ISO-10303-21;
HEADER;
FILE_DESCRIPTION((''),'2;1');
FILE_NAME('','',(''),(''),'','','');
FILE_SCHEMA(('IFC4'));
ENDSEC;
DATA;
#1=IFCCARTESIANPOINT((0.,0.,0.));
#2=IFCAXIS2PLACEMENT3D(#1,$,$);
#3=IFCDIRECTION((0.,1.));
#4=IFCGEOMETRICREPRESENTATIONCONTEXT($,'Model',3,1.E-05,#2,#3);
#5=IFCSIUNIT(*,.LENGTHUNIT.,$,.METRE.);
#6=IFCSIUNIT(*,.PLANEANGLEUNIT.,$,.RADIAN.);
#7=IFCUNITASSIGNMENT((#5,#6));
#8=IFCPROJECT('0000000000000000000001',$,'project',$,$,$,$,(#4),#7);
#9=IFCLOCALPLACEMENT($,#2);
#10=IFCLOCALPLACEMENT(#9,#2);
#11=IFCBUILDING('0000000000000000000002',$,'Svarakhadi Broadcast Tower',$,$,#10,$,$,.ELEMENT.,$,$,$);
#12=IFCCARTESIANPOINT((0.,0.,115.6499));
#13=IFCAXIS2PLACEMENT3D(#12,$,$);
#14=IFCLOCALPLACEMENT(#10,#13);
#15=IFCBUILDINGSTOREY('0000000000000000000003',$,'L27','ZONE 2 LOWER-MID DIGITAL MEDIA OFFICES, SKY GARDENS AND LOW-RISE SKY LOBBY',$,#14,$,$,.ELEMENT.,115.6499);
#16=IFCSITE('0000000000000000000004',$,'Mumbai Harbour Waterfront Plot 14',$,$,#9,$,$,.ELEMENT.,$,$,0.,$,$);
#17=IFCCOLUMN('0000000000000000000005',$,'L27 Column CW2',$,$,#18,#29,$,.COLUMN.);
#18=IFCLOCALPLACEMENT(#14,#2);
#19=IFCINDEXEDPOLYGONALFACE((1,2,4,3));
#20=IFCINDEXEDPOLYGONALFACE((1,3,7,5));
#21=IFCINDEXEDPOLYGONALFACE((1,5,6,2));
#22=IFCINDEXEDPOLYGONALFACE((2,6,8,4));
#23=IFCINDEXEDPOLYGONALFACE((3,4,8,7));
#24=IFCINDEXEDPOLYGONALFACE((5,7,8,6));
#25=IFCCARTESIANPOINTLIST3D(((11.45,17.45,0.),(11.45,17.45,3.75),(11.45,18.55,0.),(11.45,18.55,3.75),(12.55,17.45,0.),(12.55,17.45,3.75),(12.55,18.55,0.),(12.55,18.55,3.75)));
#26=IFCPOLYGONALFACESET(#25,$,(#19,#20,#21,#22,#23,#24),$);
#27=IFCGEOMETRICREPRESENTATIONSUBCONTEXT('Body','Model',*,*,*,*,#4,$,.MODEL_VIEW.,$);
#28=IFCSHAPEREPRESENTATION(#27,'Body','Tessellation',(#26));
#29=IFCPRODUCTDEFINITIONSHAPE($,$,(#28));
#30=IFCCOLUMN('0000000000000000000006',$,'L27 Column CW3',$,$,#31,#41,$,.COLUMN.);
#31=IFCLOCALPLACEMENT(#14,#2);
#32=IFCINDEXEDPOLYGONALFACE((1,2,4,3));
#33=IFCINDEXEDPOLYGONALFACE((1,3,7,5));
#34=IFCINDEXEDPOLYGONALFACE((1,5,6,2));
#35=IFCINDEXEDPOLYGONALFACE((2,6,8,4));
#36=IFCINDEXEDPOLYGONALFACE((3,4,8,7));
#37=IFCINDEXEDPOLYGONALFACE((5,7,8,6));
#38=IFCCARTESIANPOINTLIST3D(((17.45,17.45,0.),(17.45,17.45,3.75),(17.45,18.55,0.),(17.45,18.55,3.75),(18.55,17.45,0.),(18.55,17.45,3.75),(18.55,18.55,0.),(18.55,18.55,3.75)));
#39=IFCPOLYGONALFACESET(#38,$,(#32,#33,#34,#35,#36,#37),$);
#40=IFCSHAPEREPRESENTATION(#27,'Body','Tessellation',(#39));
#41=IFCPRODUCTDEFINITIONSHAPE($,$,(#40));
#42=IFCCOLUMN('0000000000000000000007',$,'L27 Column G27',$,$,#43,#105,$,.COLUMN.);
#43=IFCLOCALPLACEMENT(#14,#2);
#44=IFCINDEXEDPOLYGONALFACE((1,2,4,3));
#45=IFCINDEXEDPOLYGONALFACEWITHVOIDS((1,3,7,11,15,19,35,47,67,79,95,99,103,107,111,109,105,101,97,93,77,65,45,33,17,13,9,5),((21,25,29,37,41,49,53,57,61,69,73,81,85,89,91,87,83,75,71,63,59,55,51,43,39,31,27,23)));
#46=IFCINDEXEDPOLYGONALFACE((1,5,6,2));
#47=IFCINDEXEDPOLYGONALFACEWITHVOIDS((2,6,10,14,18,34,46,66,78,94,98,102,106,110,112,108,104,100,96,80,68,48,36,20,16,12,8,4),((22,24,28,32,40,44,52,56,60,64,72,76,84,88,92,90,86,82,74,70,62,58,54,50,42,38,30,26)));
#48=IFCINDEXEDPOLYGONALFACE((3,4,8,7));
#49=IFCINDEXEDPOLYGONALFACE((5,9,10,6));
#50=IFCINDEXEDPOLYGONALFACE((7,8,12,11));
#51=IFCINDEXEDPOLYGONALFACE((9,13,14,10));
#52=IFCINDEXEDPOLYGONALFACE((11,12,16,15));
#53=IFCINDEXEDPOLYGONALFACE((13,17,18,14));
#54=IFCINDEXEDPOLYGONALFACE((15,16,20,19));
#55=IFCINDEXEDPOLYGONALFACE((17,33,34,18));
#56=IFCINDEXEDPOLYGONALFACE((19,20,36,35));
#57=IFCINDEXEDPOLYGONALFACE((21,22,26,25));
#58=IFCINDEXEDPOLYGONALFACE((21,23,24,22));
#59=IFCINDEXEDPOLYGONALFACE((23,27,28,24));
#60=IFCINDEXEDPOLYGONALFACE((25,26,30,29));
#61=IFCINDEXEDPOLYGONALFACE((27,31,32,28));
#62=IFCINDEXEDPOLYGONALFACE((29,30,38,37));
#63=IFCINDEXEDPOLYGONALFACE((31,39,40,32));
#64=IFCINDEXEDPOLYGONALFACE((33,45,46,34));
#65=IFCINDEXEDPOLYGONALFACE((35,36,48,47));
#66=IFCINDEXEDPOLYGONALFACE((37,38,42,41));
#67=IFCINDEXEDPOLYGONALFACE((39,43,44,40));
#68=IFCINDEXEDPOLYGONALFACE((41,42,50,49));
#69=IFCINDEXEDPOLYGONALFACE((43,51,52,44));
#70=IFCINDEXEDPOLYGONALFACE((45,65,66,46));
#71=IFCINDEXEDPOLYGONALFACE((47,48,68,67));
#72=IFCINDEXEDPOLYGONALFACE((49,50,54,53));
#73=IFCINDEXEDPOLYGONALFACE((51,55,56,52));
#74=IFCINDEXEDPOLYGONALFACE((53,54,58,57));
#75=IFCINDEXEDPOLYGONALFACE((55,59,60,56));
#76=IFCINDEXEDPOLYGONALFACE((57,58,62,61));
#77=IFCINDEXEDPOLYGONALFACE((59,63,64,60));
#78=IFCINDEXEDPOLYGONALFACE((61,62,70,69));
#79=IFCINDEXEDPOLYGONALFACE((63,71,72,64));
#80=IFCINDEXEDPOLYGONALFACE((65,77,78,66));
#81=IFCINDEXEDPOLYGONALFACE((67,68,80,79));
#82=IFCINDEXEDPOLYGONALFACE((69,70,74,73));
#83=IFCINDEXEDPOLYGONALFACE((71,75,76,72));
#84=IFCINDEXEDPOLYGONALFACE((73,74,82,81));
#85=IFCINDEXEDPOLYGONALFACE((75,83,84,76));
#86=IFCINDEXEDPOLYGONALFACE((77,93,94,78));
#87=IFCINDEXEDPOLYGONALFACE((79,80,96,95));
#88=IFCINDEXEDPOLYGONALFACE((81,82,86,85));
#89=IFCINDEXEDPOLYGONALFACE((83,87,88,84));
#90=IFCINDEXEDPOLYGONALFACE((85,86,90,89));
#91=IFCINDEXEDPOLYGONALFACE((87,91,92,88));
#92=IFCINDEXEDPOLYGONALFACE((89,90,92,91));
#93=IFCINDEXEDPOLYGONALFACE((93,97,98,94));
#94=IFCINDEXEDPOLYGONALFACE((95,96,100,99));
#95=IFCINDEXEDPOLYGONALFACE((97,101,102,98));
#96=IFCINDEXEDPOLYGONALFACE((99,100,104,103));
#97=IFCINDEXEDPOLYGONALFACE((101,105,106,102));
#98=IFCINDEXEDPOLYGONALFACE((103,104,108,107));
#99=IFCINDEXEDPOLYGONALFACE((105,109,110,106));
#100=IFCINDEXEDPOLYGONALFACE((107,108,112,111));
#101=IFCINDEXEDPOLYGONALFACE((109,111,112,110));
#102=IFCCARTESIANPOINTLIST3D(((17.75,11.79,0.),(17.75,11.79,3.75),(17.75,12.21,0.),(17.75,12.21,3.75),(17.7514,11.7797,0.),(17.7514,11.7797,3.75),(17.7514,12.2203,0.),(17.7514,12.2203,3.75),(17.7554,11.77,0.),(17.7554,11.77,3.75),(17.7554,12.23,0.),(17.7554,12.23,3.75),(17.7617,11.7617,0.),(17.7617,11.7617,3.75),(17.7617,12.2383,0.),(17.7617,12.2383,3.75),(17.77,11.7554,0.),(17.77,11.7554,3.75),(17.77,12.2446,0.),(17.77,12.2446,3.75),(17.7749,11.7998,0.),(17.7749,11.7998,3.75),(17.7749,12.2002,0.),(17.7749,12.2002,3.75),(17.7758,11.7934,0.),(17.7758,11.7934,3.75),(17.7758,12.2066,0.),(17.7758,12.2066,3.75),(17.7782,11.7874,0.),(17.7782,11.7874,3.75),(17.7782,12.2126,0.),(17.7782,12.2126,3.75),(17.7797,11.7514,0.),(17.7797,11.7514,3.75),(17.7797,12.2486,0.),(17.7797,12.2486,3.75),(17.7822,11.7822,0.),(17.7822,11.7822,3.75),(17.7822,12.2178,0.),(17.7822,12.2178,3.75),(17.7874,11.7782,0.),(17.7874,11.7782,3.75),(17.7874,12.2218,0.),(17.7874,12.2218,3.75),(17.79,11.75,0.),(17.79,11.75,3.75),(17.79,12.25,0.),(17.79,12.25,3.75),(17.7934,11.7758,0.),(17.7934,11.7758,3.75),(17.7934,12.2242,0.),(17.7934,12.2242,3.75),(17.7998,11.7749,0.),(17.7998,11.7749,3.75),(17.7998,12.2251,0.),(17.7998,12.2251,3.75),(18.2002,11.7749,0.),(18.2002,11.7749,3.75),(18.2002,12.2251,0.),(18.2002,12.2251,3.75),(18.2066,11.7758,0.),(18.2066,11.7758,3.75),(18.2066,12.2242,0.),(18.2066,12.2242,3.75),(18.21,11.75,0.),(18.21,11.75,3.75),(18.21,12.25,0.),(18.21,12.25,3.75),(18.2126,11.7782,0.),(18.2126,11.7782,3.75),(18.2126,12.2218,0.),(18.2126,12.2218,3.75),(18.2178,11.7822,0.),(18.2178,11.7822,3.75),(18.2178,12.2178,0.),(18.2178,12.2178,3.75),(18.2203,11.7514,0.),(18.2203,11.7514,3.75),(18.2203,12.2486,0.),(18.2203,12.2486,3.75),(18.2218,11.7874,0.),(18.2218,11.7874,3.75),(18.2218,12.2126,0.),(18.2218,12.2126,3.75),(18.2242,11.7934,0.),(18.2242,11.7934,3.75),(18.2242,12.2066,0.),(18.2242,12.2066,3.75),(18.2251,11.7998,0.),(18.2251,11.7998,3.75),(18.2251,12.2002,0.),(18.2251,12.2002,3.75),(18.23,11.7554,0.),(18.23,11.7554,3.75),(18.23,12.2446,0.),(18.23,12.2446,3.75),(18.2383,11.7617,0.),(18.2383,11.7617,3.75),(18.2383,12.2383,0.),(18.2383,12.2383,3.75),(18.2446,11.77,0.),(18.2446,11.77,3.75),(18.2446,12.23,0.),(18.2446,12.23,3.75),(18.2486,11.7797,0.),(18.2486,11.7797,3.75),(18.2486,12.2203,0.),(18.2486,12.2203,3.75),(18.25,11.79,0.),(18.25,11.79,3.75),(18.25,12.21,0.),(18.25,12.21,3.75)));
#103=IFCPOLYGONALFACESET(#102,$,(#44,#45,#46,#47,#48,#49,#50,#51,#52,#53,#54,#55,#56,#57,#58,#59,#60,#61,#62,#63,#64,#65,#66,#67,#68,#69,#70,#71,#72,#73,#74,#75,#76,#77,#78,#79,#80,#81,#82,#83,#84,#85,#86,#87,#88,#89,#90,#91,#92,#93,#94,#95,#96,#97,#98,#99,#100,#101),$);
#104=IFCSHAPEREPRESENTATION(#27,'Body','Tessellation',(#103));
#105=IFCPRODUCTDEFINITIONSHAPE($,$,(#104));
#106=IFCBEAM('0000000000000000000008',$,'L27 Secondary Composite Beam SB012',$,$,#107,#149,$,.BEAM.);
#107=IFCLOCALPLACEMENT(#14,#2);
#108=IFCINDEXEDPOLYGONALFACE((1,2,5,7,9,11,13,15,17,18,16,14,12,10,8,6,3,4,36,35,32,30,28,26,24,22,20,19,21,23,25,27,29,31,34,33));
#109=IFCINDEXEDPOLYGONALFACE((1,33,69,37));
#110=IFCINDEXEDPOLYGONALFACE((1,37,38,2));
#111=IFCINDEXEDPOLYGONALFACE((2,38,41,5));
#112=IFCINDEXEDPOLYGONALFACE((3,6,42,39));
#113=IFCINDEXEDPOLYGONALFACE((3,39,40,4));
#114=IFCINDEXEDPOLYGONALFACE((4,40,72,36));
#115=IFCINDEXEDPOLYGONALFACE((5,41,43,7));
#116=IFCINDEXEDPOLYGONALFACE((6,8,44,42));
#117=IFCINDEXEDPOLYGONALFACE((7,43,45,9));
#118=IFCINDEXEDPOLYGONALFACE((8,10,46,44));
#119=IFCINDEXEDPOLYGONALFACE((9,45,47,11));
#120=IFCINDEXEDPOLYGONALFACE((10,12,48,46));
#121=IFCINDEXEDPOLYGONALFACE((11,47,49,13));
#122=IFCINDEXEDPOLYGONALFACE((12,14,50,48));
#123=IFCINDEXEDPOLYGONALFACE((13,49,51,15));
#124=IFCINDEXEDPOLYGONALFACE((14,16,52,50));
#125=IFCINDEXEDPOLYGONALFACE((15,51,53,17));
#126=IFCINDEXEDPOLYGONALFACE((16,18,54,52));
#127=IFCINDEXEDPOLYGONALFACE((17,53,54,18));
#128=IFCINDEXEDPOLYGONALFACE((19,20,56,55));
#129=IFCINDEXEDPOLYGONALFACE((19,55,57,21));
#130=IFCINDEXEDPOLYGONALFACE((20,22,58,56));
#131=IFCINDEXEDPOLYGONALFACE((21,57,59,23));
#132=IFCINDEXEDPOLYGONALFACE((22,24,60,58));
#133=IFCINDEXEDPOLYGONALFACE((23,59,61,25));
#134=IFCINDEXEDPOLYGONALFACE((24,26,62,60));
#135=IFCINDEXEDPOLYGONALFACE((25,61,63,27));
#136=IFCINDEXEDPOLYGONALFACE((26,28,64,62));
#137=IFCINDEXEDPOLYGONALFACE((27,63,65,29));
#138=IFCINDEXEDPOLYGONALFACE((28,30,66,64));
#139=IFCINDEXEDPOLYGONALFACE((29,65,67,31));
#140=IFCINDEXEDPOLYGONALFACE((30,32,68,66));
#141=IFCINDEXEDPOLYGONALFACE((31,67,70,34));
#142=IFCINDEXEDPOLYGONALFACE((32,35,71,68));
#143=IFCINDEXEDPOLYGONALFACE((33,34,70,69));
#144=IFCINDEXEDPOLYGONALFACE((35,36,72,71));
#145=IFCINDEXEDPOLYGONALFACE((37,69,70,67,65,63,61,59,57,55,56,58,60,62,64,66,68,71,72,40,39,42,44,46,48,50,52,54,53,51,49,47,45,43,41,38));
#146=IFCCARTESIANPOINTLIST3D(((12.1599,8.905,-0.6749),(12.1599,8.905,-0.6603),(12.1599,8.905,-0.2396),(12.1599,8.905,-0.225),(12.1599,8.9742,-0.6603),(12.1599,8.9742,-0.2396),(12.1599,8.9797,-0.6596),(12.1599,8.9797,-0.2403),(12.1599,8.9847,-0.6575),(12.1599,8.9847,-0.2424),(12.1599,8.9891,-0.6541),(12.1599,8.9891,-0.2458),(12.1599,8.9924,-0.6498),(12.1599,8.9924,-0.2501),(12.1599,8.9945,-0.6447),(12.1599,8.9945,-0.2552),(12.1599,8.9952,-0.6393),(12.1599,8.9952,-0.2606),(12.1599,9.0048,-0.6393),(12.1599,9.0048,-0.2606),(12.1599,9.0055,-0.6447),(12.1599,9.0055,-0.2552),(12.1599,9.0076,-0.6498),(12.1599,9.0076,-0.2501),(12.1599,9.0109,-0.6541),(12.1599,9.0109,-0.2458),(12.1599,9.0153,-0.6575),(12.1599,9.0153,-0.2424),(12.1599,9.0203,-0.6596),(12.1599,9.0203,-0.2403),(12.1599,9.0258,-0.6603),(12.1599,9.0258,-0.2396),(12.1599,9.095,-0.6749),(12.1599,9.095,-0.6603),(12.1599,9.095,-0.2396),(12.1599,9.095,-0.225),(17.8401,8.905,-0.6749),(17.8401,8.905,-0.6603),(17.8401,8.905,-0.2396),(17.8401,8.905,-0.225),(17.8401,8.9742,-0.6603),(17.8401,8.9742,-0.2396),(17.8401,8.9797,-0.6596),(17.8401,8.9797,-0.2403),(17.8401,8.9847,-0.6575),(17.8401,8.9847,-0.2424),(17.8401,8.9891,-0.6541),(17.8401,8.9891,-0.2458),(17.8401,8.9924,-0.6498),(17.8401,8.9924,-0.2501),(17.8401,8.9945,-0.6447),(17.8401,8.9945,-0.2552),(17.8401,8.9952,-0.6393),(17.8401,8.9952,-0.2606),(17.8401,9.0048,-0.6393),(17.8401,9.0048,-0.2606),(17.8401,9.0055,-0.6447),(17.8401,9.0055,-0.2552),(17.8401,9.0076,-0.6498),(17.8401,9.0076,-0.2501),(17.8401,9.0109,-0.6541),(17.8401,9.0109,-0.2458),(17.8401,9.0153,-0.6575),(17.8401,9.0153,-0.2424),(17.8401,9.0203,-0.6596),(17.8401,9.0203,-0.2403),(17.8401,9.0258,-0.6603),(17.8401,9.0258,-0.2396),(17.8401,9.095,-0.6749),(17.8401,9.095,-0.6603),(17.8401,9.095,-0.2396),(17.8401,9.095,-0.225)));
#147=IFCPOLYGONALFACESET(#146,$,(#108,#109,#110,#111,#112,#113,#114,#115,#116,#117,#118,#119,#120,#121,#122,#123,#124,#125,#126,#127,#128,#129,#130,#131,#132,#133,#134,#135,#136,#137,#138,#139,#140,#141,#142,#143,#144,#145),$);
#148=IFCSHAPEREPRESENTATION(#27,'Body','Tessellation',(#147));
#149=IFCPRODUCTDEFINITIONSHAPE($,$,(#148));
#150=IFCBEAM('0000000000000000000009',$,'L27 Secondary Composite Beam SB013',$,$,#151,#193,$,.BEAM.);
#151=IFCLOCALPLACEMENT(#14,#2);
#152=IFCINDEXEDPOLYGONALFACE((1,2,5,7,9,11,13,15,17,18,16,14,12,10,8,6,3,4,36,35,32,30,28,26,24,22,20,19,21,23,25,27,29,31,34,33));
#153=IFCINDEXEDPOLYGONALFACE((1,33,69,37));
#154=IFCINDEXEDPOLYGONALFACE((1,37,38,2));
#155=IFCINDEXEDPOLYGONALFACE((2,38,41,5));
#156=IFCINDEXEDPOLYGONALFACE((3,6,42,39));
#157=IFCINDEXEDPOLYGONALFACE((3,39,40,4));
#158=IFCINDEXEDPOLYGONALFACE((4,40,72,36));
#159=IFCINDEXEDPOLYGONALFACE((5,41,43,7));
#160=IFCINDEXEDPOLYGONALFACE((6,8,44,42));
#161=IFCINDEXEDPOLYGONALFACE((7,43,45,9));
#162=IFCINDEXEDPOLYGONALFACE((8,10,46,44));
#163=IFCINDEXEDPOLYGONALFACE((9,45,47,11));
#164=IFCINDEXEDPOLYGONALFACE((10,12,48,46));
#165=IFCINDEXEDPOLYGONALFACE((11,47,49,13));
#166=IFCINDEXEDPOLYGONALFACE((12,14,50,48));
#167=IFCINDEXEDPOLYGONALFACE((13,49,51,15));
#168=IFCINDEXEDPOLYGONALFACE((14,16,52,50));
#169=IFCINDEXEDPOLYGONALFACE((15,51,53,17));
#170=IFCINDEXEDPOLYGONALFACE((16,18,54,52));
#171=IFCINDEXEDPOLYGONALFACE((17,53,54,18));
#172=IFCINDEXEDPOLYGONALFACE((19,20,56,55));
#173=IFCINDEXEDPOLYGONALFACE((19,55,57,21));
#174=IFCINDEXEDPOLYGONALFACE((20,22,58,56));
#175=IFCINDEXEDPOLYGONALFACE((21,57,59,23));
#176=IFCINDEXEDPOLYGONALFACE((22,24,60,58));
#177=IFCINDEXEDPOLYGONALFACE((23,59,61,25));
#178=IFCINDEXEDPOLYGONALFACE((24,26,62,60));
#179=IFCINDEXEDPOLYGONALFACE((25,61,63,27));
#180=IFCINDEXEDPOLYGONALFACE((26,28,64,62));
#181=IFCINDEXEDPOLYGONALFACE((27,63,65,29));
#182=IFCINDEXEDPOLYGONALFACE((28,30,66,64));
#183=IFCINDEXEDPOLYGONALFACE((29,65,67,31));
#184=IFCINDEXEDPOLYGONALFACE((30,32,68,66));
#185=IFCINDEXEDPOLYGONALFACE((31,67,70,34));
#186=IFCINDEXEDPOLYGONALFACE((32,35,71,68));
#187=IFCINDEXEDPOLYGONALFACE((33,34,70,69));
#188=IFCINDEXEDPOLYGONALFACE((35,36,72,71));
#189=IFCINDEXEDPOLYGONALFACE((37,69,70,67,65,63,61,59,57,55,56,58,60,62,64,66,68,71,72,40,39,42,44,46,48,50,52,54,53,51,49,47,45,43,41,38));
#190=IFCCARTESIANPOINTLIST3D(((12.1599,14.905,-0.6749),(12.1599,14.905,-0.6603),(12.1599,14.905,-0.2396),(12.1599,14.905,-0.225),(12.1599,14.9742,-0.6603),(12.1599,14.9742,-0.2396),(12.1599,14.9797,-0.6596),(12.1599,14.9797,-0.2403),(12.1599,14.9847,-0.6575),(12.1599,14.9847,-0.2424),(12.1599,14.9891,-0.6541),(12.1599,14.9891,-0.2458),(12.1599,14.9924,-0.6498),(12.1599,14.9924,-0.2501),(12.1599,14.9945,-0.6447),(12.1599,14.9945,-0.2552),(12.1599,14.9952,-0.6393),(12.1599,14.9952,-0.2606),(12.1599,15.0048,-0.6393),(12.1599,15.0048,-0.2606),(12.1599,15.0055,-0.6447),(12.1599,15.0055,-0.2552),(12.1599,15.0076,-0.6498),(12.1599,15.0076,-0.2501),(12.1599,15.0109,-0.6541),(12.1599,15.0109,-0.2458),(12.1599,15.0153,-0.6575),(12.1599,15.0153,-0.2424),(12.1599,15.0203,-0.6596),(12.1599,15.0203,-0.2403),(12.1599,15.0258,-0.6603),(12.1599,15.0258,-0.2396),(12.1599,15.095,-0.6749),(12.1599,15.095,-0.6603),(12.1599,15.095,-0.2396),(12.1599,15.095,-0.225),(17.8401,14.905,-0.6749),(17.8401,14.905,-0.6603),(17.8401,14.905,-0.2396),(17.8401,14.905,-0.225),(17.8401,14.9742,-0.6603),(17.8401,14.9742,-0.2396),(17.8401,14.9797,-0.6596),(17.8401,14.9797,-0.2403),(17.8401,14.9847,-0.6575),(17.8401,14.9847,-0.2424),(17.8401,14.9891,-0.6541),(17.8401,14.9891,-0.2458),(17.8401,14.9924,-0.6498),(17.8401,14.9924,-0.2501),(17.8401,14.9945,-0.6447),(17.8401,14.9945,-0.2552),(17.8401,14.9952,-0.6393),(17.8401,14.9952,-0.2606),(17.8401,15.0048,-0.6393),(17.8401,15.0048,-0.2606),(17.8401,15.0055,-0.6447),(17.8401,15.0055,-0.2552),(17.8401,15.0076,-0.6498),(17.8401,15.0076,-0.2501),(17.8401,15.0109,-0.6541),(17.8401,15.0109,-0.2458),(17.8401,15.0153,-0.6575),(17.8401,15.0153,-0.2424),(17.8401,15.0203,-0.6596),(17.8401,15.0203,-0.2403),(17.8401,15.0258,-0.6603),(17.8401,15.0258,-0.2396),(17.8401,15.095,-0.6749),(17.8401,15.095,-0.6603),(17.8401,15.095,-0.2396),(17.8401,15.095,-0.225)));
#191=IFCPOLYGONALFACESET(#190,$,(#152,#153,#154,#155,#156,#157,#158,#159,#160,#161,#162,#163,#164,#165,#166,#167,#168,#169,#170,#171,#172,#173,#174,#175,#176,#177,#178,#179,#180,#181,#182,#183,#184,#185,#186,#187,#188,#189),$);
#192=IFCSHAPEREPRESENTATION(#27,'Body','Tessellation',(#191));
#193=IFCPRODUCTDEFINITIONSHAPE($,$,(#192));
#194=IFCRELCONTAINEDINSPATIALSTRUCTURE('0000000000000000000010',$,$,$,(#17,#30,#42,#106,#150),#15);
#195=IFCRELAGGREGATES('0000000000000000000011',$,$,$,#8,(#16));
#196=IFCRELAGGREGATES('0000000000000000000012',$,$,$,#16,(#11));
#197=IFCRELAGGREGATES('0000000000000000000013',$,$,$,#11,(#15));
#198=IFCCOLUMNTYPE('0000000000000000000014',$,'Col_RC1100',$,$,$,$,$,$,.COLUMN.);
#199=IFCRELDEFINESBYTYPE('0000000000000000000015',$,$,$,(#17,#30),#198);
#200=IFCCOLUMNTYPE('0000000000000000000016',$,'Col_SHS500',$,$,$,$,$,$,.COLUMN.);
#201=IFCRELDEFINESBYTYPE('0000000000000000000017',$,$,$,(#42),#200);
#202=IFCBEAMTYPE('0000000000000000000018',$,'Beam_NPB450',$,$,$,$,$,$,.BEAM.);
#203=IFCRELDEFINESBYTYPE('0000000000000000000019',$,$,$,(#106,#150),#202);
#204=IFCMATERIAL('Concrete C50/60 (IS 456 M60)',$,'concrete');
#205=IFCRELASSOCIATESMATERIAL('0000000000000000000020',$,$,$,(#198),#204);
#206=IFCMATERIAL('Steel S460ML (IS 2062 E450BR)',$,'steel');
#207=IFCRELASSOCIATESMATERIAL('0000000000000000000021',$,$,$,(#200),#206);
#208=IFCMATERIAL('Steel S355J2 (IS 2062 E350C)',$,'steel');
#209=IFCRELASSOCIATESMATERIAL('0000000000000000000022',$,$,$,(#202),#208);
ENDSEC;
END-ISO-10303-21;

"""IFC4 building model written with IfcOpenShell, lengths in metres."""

from ifc_helpers import new_model, si_unit, direction, frame, origin, origin_2d, place, context, subcontext, project, spatial, rectangle, hollow_rectangle, i_section, extrude, material, material_profile, profile_set, type_object, element, save


model = new_model("IFC4")

# Units and contexts
model_context = context("Model", 3, precision=1e-05, world=origin(), true_north=direction((0.0, 1.0)))
body_context = subcontext(model_context, "Body", "Model", "MODEL_VIEW")
ifc_project = project(units=[si_unit("LENGTHUNIT", "METRE"), si_unit("PLANEANGLEUNIT", "RADIAN")], contexts=[model_context])

# Site, building, storey
site_placement = place(None, origin())
site = spatial("IfcSite", under=ifc_project, at=site_placement, Name="Mumbai Harbour Waterfront Plot 14", CompositionType="ELEMENT", RefElevation=0.0)
building_placement = place(site_placement, origin())
building = spatial("IfcBuilding", under=site, at=building_placement, Name="Svarakhadi Broadcast Tower", CompositionType="ELEMENT")
storey_placement = place(building_placement, frame((0.0, 0.0, 115.6499)))
storey = spatial("IfcBuildingStorey", under=building, at=storey_placement, Name="L27", Description="ZONE 2 LOWER-MID DIGITAL MEDIA OFFICES, SKY GARDENS AND LOW-RISE SKY LOBBY", CompositionType="ELEMENT", Elevation=115.6499)

# Columns
ifc_material_1 = material(Name="Concrete C50/60 (IS 456 M60)", Category="concrete")
ifc_material_profile_1 = material_profile(ifc_material_1, rectangle(XDim=1.1001, YDim=1.1001, at=origin_2d()), Name="RC 1100x1100")
ifc_profile_set_1 = profile_set([ifc_material_profile_1], Name="Concrete C50/60 (IS 456 M60)")
column_type_1 = type_object("IfcColumnType", Name="Col_RC1100", PredefinedType="COLUMN", material=ifc_profile_set_1)
for number, where, z_axis, x_axis, name in (
    (1, (12.0, 18.0, 0.0), (0.0, 0.0, 1.0), (1.0, 0.0, 0.0), "L27 Column CW2"),
    (2, (18.0, 18.0, 0.0), (0.0, 0.0, 1.0), (1.0, 0.0, 0.0), "L27 Column CW3"),
):
    element("IfcColumn", number, at=place(storey_placement, frame(where, z_axis=z_axis, x_axis=x_axis)), inside=storey, type_object=column_type_1, Name=name, PredefinedType="COLUMN", context=body_context, shape_type="SweptSolid", body=[
        extrude(rectangle(XDim=1.1001, YDim=1.1001, at=origin_2d()), origin(), (0.0, 0.0, 1.0), 3.75),
    ])
ifc_material_2 = material(Name="Steel S460ML (IS 2062 E450BR)", Category="steel")
ifc_material_profile_2 = material_profile(ifc_material_2, hollow_rectangle(XDim=0.5, YDim=0.5, WallThickness=0.0249, InnerFilletRadius=0.0249, OuterFilletRadius=0.04, at=origin_2d()), Name="SHS 500x500x25")
ifc_profile_set_2 = profile_set([ifc_material_profile_2], Name="Steel S460ML (IS 2062 E450BR)")
column_type_2 = type_object("IfcColumnType", Name="Col_SHS500", PredefinedType="COLUMN", material=ifc_profile_set_2)
column_placement = place(storey_placement, frame((18.0, 12.0, 0.0), z_axis=(0.0, 0.0, 1.0), x_axis=(1.0, 0.0, 0.0)))
element("IfcColumn", 3, at=column_placement, inside=storey, type_object=column_type_2, Name="L27 Column G27", PredefinedType="COLUMN", context=body_context, shape_type="SweptSolid", body=[
    extrude(hollow_rectangle(XDim=0.5, YDim=0.5, WallThickness=0.0249, InnerFilletRadius=0.0249, OuterFilletRadius=0.04, at=origin_2d()), origin(), (0.0, 0.0, 1.0), 3.75),
])

# Beams
ifc_material_3 = material(Name="Steel S355J2 (IS 2062 E350C)", Category="steel")
ifc_material_profile_3 = material_profile(ifc_material_3, i_section(OverallWidth=0.1899, OverallDepth=0.45, WebThickness=0.0095, FlangeThickness=0.0146, FilletRadius=0.021, at=origin_2d()), Name="NPB 450x190x78")
ifc_profile_set_3 = profile_set([ifc_material_profile_3], Name="Steel S355J2 (IS 2062 E350C)")
beam_type_1 = type_object("IfcBeamType", Name="Beam_NPB450", PredefinedType="BEAM", material=ifc_profile_set_3)
for number, where, z_axis, x_axis, name in (
    (4, (12.1599, 9.0, -0.45), (1.0, 0.0, 0.0), (0.0, 1.0, 0.0), "L27 Secondary Composite Beam SB012"),
    (5, (12.1599, 15.0, -0.45), (1.0, 0.0, 0.0), (0.0, 1.0, 0.0), "L27 Secondary Composite Beam SB013"),
):
    element("IfcBeam", number, at=place(storey_placement, frame(where, z_axis=z_axis, x_axis=x_axis)), inside=storey, type_object=beam_type_1, Name=name, PredefinedType="BEAM", context=body_context, shape_type="SweptSolid", body=[
        extrude(i_section(OverallWidth=0.1899, OverallDepth=0.45, WebThickness=0.0095, FlangeThickness=0.0146, FilletRadius=0.021, at=origin_2d()), origin(), (0.0, 0.0, 1.0), 5.6802),
    ])

save(model, "model.ifc")
